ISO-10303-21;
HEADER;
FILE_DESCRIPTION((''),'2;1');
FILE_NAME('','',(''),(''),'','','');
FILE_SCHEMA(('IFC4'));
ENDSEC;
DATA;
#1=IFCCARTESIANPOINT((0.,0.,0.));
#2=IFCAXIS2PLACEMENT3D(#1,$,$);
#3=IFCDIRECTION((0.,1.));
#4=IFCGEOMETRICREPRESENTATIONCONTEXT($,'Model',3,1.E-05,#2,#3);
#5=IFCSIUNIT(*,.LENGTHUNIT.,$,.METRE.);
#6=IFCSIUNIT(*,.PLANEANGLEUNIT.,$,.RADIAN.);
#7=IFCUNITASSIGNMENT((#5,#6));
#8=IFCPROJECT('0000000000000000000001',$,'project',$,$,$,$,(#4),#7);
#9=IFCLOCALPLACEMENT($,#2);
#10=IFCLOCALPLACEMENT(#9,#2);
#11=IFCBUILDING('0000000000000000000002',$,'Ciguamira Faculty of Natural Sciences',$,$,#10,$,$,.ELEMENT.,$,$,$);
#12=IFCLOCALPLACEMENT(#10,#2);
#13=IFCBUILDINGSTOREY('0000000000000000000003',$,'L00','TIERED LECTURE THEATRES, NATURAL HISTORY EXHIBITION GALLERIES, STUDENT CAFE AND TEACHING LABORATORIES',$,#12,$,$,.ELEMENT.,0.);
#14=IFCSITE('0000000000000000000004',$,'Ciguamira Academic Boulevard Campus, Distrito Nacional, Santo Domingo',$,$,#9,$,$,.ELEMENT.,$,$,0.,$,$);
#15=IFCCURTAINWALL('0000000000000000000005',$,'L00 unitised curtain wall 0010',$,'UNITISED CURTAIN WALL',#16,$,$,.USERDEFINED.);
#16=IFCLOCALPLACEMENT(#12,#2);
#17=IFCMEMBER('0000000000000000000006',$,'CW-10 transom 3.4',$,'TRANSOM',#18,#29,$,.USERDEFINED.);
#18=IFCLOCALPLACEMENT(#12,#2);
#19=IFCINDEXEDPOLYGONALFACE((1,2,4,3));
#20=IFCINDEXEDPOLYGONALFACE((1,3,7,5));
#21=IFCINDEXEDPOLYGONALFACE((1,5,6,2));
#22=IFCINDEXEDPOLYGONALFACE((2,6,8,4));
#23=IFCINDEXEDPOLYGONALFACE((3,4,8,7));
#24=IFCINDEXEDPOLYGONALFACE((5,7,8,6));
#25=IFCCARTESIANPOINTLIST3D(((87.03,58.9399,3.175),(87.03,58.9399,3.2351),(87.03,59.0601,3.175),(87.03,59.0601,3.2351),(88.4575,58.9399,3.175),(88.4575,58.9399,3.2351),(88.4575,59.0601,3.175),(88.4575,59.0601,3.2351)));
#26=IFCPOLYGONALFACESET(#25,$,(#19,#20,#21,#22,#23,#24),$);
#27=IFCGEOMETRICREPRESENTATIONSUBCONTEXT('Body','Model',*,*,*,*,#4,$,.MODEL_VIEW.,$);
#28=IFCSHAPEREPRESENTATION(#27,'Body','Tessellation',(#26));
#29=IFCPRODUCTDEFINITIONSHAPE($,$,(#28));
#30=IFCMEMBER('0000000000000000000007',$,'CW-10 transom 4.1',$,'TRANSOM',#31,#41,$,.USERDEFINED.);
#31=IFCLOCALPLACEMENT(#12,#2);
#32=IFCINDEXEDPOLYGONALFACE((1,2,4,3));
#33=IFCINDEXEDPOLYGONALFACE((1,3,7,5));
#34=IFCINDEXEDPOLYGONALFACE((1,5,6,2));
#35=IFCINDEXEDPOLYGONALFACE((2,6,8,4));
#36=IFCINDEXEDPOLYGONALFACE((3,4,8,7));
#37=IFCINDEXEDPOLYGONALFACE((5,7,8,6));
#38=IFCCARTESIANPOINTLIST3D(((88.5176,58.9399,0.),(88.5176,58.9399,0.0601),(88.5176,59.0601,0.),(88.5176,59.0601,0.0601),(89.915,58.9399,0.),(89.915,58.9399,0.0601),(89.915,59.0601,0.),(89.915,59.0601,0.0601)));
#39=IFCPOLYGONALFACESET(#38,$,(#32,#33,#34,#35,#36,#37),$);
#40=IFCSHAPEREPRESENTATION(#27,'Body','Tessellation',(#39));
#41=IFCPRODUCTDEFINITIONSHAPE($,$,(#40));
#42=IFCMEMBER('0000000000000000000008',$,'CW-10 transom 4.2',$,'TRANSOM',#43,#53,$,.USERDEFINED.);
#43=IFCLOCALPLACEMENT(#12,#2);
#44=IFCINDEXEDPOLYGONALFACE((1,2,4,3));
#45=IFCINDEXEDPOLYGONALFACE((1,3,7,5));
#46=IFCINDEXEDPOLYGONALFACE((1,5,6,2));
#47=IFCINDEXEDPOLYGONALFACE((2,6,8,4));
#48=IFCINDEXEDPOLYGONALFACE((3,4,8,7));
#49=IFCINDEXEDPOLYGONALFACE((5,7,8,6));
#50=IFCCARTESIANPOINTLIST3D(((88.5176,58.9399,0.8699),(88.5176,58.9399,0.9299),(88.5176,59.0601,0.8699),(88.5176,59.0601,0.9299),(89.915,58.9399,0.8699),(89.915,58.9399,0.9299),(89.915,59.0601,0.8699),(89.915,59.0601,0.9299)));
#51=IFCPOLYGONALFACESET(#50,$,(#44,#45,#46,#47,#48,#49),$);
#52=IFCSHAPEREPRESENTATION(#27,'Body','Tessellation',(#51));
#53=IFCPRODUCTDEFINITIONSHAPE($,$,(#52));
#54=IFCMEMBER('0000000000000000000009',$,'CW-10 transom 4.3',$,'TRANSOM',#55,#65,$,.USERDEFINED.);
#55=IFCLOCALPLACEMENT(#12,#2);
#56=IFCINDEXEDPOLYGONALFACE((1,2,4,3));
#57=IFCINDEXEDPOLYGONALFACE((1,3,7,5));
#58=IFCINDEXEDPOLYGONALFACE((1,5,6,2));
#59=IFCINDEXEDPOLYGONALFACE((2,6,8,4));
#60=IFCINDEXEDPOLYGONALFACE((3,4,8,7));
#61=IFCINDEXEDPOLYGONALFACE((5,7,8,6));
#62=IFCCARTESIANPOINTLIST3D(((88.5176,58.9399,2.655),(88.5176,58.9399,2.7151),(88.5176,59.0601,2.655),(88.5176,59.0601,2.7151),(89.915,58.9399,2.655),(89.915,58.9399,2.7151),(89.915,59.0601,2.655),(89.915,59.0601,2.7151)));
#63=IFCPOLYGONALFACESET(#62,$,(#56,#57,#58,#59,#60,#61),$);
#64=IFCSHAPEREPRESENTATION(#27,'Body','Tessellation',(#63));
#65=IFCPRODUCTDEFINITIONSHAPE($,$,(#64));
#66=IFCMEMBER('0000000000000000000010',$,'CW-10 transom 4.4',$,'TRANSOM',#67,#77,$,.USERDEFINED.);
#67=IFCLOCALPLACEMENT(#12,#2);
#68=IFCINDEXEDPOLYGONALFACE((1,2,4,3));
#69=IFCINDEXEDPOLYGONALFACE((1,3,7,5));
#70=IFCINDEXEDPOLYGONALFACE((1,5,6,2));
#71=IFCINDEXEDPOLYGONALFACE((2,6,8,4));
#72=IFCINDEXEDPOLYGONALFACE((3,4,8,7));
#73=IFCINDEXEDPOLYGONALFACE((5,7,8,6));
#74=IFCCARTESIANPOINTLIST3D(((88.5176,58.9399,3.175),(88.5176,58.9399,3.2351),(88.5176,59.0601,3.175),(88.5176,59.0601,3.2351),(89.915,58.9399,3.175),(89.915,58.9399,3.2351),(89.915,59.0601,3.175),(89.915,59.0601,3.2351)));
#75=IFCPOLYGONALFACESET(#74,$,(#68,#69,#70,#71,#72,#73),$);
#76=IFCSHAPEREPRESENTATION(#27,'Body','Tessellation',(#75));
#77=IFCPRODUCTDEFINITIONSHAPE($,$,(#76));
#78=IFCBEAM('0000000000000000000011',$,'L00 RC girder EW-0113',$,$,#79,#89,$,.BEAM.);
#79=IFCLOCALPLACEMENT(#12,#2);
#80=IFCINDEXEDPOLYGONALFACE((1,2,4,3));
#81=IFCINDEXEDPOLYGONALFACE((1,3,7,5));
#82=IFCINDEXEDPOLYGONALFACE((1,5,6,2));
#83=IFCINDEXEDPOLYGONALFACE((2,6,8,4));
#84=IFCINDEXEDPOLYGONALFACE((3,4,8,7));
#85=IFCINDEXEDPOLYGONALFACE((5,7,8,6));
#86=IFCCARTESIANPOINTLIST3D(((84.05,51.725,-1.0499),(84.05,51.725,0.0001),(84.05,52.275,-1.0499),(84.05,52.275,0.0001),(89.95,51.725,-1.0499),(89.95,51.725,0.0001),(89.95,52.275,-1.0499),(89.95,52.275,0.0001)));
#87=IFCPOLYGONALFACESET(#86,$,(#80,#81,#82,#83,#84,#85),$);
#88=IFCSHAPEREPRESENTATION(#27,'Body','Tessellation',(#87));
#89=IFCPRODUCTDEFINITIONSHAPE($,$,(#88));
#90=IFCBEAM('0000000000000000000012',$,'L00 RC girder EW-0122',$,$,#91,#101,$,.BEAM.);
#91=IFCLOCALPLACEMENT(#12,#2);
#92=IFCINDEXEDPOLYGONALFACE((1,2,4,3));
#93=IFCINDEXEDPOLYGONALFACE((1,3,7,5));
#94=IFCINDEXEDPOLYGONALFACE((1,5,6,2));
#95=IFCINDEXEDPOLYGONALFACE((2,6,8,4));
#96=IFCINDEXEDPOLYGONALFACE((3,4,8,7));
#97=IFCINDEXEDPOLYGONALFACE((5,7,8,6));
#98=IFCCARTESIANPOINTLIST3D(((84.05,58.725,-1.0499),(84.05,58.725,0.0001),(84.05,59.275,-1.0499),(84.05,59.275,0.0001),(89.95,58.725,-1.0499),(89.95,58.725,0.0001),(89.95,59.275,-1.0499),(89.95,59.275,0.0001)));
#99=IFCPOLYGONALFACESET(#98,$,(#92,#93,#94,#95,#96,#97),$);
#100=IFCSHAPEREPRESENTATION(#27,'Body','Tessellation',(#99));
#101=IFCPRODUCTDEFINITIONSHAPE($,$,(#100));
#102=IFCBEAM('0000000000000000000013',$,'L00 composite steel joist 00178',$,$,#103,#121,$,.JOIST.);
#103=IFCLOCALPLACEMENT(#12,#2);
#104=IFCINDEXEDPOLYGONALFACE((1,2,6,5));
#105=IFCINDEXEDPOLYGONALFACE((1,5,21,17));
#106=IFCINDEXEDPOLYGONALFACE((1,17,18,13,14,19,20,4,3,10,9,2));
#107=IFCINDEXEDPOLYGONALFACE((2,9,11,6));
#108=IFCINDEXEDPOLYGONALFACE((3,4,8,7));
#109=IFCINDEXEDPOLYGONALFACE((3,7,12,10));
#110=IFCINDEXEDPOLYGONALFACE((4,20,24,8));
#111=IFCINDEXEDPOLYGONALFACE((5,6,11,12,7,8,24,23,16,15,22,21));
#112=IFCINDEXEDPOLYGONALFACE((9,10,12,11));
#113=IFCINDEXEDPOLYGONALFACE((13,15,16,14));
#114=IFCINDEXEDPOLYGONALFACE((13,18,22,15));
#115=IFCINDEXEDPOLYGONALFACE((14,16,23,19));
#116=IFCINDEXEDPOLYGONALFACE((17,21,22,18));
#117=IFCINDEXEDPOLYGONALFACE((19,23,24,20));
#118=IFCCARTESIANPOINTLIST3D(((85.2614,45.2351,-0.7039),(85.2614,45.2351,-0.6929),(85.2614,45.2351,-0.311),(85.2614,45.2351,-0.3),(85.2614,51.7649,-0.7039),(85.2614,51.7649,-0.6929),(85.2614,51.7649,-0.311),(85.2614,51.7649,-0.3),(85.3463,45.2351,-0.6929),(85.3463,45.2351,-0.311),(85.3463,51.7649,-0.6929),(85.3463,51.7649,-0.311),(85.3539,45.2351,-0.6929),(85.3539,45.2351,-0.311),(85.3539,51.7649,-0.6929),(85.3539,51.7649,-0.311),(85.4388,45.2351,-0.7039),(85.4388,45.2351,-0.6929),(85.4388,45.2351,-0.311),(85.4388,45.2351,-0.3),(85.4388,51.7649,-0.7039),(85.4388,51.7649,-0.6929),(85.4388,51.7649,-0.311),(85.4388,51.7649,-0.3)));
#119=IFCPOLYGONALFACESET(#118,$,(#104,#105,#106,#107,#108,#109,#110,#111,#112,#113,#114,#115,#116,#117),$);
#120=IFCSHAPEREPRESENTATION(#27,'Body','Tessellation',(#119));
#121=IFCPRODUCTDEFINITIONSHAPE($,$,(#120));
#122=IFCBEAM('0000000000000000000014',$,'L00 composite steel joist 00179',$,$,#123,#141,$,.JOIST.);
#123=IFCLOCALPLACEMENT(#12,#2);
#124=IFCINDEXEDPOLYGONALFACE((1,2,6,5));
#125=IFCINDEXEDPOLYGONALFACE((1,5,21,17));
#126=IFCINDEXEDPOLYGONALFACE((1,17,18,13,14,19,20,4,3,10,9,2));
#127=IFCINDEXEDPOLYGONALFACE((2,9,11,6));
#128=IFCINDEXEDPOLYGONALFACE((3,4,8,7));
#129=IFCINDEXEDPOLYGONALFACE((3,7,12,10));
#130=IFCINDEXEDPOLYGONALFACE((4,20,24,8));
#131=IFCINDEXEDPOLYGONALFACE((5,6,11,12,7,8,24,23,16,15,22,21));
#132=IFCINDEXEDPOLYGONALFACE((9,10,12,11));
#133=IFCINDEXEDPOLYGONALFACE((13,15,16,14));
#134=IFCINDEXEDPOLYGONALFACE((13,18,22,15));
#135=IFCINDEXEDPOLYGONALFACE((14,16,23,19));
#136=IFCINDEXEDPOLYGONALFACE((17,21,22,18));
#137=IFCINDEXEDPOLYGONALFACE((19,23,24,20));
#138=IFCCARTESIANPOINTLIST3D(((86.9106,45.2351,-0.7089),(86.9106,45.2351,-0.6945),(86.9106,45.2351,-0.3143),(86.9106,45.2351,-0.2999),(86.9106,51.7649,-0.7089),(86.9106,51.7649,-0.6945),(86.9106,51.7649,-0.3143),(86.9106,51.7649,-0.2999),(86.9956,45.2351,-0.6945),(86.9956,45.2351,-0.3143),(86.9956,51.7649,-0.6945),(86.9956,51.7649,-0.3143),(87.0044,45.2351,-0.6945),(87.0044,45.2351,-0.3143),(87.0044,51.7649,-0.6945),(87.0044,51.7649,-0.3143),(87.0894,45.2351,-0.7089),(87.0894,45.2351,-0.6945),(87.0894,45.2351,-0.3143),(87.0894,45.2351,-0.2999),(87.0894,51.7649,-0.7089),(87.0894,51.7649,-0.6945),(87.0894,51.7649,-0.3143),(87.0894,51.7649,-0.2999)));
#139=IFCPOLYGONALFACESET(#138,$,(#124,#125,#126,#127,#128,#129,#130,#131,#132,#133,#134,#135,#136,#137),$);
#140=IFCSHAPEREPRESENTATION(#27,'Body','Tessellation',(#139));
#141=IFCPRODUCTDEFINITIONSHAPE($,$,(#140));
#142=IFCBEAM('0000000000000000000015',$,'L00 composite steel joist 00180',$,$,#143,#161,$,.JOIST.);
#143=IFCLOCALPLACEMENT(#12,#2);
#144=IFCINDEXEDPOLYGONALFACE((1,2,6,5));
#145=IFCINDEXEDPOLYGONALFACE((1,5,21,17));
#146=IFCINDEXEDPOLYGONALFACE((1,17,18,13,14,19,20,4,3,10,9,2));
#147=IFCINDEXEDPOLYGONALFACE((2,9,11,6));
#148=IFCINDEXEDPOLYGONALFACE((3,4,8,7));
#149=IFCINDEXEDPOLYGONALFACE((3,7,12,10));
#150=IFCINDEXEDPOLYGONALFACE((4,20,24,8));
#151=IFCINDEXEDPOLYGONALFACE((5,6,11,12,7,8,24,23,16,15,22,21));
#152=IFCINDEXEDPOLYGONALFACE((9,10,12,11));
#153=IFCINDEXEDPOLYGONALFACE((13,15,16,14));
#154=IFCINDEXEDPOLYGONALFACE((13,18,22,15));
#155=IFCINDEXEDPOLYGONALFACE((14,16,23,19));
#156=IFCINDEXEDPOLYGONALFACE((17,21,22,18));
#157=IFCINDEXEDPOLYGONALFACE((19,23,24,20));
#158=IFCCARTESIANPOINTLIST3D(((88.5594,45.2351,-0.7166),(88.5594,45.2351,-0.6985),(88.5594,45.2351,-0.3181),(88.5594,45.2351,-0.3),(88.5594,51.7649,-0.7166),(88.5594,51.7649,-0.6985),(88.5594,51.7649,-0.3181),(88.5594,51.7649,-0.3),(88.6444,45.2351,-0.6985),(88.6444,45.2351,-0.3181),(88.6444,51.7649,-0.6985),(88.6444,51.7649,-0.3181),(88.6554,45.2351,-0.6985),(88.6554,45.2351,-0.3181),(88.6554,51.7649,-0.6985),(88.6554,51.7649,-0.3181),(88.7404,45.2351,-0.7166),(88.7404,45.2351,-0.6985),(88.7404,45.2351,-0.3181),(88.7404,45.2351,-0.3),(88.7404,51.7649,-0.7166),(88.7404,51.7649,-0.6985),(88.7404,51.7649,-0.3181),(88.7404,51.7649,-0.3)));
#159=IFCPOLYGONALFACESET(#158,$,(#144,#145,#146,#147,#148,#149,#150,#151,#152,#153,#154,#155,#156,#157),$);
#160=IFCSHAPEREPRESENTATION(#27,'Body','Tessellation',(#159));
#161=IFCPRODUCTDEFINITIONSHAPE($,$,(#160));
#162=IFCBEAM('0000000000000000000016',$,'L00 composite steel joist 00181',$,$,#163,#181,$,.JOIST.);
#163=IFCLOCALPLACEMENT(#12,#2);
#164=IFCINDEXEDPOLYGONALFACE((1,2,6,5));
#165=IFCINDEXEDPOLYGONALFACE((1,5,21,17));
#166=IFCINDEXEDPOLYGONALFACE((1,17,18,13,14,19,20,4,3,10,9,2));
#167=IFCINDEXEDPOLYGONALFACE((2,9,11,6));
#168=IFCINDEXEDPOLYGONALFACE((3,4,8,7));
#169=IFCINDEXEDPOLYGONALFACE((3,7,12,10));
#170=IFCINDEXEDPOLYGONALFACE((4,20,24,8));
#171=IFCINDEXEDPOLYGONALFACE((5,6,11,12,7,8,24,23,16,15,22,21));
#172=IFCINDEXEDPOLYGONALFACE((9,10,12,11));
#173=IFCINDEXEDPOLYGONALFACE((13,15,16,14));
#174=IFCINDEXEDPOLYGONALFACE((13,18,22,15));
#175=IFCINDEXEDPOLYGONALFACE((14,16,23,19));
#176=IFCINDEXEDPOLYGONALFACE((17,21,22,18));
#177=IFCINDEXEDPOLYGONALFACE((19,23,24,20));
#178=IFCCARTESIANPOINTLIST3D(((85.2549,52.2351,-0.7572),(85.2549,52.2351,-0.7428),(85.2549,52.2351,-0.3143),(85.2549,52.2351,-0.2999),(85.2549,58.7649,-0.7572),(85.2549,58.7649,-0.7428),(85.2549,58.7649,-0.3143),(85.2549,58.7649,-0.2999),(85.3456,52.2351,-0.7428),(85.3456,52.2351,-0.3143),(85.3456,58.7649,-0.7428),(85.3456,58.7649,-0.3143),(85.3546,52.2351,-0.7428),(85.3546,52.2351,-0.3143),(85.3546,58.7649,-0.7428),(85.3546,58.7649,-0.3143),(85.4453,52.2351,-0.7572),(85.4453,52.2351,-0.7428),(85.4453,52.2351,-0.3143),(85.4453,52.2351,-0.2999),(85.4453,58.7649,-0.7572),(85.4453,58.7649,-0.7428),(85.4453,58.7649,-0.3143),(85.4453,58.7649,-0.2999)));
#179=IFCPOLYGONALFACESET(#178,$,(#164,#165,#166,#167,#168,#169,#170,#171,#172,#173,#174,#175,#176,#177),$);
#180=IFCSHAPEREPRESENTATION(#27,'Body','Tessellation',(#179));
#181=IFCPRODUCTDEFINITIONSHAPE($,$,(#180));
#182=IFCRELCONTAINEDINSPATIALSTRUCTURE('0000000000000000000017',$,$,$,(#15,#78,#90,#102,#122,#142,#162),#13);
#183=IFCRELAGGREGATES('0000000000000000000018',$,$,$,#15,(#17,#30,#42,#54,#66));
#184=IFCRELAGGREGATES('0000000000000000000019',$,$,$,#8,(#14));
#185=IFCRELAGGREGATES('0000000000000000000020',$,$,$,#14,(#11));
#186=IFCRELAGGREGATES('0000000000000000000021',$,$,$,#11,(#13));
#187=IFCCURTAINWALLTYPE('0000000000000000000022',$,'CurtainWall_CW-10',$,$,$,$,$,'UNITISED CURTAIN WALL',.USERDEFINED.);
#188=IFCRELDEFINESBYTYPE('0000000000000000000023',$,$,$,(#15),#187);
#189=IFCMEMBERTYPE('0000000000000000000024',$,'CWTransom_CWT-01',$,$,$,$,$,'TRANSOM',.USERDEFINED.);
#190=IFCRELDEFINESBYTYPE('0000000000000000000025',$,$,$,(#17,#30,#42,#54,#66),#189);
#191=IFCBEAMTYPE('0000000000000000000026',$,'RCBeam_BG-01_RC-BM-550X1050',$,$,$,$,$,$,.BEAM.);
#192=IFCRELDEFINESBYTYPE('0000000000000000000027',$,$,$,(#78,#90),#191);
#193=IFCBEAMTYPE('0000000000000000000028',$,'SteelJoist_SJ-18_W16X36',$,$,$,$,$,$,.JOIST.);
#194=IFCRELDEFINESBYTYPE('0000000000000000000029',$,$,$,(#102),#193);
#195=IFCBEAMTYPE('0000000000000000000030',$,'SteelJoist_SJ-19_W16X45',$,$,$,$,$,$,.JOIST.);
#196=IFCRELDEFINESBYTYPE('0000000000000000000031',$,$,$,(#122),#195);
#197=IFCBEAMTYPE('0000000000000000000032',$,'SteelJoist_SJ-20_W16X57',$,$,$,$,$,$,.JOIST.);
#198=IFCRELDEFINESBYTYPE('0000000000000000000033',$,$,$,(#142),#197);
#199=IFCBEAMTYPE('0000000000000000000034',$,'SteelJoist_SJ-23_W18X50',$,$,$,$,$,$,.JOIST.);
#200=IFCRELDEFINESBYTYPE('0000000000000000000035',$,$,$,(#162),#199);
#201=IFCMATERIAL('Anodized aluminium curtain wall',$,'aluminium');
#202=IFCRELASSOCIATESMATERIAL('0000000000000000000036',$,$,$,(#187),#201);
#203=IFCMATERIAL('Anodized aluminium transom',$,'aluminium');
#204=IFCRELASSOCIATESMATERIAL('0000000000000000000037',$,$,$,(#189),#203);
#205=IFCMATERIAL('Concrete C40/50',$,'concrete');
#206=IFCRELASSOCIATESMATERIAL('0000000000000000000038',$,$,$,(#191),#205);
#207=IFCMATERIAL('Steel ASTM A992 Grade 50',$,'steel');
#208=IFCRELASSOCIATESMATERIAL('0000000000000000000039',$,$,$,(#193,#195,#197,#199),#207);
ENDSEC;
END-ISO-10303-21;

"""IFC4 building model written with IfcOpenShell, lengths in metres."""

from ifc_helpers import new_model, si_unit, direction, frame, origin, origin_2d, place, context, subcontext, project, spatial, rectangle, i_section, extrude, material, material_profile, profile_set, type_object, element, aggregate, save


model = new_model("IFC4")

# Units and contexts
model_context = context("Model", 3, precision=1e-05, world=origin(), true_north=direction((0.0, 1.0)))
body_context = subcontext(model_context, "Body", "Model", "MODEL_VIEW")
ifc_project = project(units=[si_unit("LENGTHUNIT", "METRE"), si_unit("PLANEANGLEUNIT", "RADIAN")], contexts=[model_context])

# Site, building, storey
site_placement = place(None, origin())
site = spatial("IfcSite", under=ifc_project, at=site_placement, Name="Ciguamira Academic Boulevard Campus, Distrito Nacional, Santo Domingo", CompositionType="ELEMENT", RefElevation=0.0)
building_placement = place(site_placement, origin())
building = spatial("IfcBuilding", under=site, at=building_placement, Name="Ciguamira Faculty of Natural Sciences", CompositionType="ELEMENT")
storey_placement = place(building_placement, origin())
storey = spatial("IfcBuildingStorey", under=building, at=storey_placement, Name="L00", Description="TIERED LECTURE THEATRES, NATURAL HISTORY EXHIBITION GALLERIES, STUDENT CAFE AND TEACHING LABORATORIES", CompositionType="ELEMENT", Elevation=0.0)

# Curtain wall, members
ifc_material_1 = material(Name="Anodized aluminium curtain wall", Category="aluminium")
curtain_wall_type = type_object("IfcCurtainWallType", Name="CurtainWall_CW-10", ElementType="UNITISED CURTAIN WALL", PredefinedType="USERDEFINED", material=ifc_material_1)
curtain_wall_placement = place(storey_placement, origin())
curtain_wall = element("IfcCurtainWall", 1, at=curtain_wall_placement, inside=storey, type_object=curtain_wall_type, Name="L00 unitised curtain wall 0010", ObjectType="UNITISED CURTAIN WALL", PredefinedType="USERDEFINED")
ifc_material_2 = material(Name="Anodized aluminium transom", Category="aluminium")
ifc_material_profile_1 = material_profile(ifc_material_2, rectangle(XDim=0.0601, YDim=0.1201, at=origin_2d()), Name="ALU-TRN-60X120")
ifc_profile_set_1 = profile_set([ifc_material_profile_1], Name="Anodized aluminium transom")
member_type_1 = type_object("IfcMemberType", Name="CWTransom_CWT-01", ElementType="TRANSOM", PredefinedType="USERDEFINED", material=ifc_profile_set_1)
member_1_placement = place(storey_placement, frame((87.03, 59.0, 3.2051), z_axis=(1.0, 0.0, 0.0), x_axis=(0.0, 0.0, 1.0)))
member_1 = element("IfcMember", 2, at=member_1_placement, type_object=member_type_1, Name="CW-10 transom 3.4", ObjectType="TRANSOM", PredefinedType="USERDEFINED", context=body_context, shape_type="SweptSolid", body=[
    extrude(rectangle(XDim=0.0601, YDim=0.1201, at=origin_2d()), origin(), (0.0, 0.0, 1.0), 1.4275),
])
member_2_placement = place(storey_placement, frame((88.5176, 59.0, 0.03), z_axis=(1.0, 0.0, 0.0), x_axis=(0.0, 0.0, 1.0)))
member_2 = element("IfcMember", 3, at=member_2_placement, type_object=member_type_1, Name="CW-10 transom 4.1", ObjectType="TRANSOM", PredefinedType="USERDEFINED", context=body_context, shape_type="SweptSolid", body=[
    extrude(rectangle(XDim=0.0601, YDim=0.1201, at=origin_2d()), origin(), (0.0, 0.0, 1.0), 1.3975),
])
member_3_placement = place(storey_placement, frame((88.5176, 59.0, 0.8999), z_axis=(1.0, 0.0, 0.0), x_axis=(0.0, 0.0, 1.0)))
member_3 = element("IfcMember", 4, at=member_3_placement, type_object=member_type_1, Name="CW-10 transom 4.2", ObjectType="TRANSOM", PredefinedType="USERDEFINED", context=body_context, shape_type="SweptSolid", body=[
    extrude(rectangle(XDim=0.0601, YDim=0.1201, at=origin_2d()), origin(), (0.0, 0.0, 1.0), 1.3975),
])
member_4_placement = place(storey_placement, frame((88.5176, 59.0, 2.6851), z_axis=(1.0, 0.0, 0.0), x_axis=(0.0, 0.0, 1.0)))
member_4 = element("IfcMember", 5, at=member_4_placement, type_object=member_type_1, Name="CW-10 transom 4.3", ObjectType="TRANSOM", PredefinedType="USERDEFINED", context=body_context, shape_type="SweptSolid", body=[
    extrude(rectangle(XDim=0.0601, YDim=0.1201, at=origin_2d()), origin(), (0.0, 0.0, 1.0), 1.3975),
])
member_5_placement = place(storey_placement, frame((88.5176, 59.0, 3.2051), z_axis=(1.0, 0.0, 0.0), x_axis=(0.0, 0.0, 1.0)))
member_5 = element("IfcMember", 6, at=member_5_placement, type_object=member_type_1, Name="CW-10 transom 4.4", ObjectType="TRANSOM", PredefinedType="USERDEFINED", context=body_context, shape_type="SweptSolid", body=[
    extrude(rectangle(XDim=0.0601, YDim=0.1201, at=origin_2d()), origin(), (0.0, 0.0, 1.0), 1.3975),
])

# Beams
ifc_material_3 = material(Name="Concrete C40/50", Category="concrete")
ifc_material_profile_2 = material_profile(ifc_material_3, rectangle(XDim=0.55, YDim=1.05, at=origin_2d()), Name="RC-BM-550X1050")
ifc_profile_set_2 = profile_set([ifc_material_profile_2], Name="Concrete C40/50")
beam_type_1 = type_object("IfcBeamType", Name="RCBeam_BG-01_RC-BM-550X1050", PredefinedType="BEAM", material=ifc_profile_set_2)
for number, where, z_axis, x_axis, name in (
    (7, (84.05, 52.0, -0.5249), (1.0, 0.0, 0.0), (0.0, 1.0, 0.0), "L00 RC girder EW-0113"),
    (8, (84.05, 59.0, -0.5249), (1.0, 0.0, 0.0), (0.0, 1.0, 0.0), "L00 RC girder EW-0122"),
):
    element("IfcBeam", number, at=place(storey_placement, frame(where, z_axis=z_axis, x_axis=x_axis)), inside=storey, type_object=beam_type_1, Name=name, PredefinedType="BEAM", context=body_context, shape_type="SweptSolid", body=[
        extrude(rectangle(XDim=0.55, YDim=1.05, at=origin_2d()), origin(), (0.0, 0.0, 1.0), 5.8999),
    ])
ifc_material_4 = material(Name="Steel ASTM A992 Grade 50", Category="steel")
ifc_material_profile_3 = material_profile(ifc_material_4, i_section(OverallWidth=0.1775, OverallDepth=0.4038, WebThickness=0.0076, FlangeThickness=0.011, at=origin_2d()), Name="W16X36")
ifc_profile_set_3 = profile_set([ifc_material_profile_3], Name="Steel ASTM A992 Grade 50")
beam_type_2 = type_object("IfcBeamType", Name="SteelJoist_SJ-18_W16X36", PredefinedType="JOIST", material=ifc_profile_set_3)
beam_1_placement = place(storey_placement, frame((85.3501, 45.2351, -0.502), z_axis=(0.0, 1.0, 0.0), x_axis=(-1.0, 0.0, 0.0)))
element("IfcBeam", 9, at=beam_1_placement, inside=storey, type_object=beam_type_2, Name="L00 composite steel joist 00178", PredefinedType="JOIST", context=body_context, shape_type="SweptSolid", body=[
    extrude(i_section(OverallWidth=0.1775, OverallDepth=0.4038, WebThickness=0.0076, FlangeThickness=0.011, at=origin_2d()), origin(), (0.0, 0.0, 1.0), 6.5298),
])
ifc_material_profile_4 = material_profile(ifc_material_4, i_section(OverallWidth=0.1787, OverallDepth=0.4089, WebThickness=0.0088, FlangeThickness=0.0144, at=origin_2d()), Name="W16X45")
ifc_profile_set_4 = profile_set([ifc_material_profile_4], Name="Steel ASTM A992 Grade 50")
beam_type_3 = type_object("IfcBeamType", Name="SteelJoist_SJ-19_W16X45", PredefinedType="JOIST", material=ifc_profile_set_4)
beam_2_placement = place(storey_placement, frame((87.0, 45.2351, -0.5044), z_axis=(0.0, 1.0, 0.0), x_axis=(-1.0, 0.0, 0.0)))
element("IfcBeam", 10, at=beam_2_placement, inside=storey, type_object=beam_type_3, Name="L00 composite steel joist 00179", PredefinedType="JOIST", context=body_context, shape_type="SweptSolid", body=[
    extrude(i_section(OverallWidth=0.1787, OverallDepth=0.4089, WebThickness=0.0088, FlangeThickness=0.0144, at=origin_2d()), origin(), (0.0, 0.0, 1.0), 6.5298),
])
ifc_material_profile_5 = material_profile(ifc_material_4, i_section(OverallWidth=0.1809, OverallDepth=0.4165, WebThickness=0.011, FlangeThickness=0.0181, at=origin_2d()), Name="W16X57")
ifc_profile_set_5 = profile_set([ifc_material_profile_5], Name="Steel ASTM A992 Grade 50")
beam_type_4 = type_object("IfcBeamType", Name="SteelJoist_SJ-20_W16X57", PredefinedType="JOIST", material=ifc_profile_set_5)
beam_3_placement = place(storey_placement, frame((88.6499, 45.2351, -0.5083), z_axis=(0.0, 1.0, 0.0), x_axis=(-1.0, 0.0, 0.0)))
element("IfcBeam", 11, at=beam_3_placement, inside=storey, type_object=beam_type_4, Name="L00 composite steel joist 00180", PredefinedType="JOIST", context=body_context, shape_type="SweptSolid", body=[
    extrude(i_section(OverallWidth=0.1809, OverallDepth=0.4165, WebThickness=0.011, FlangeThickness=0.0181, at=origin_2d()), origin(), (0.0, 0.0, 1.0), 6.5298),
])
ifc_material_profile_6 = material_profile(ifc_material_4, i_section(OverallWidth=0.1904, OverallDepth=0.4573, WebThickness=0.009, FlangeThickness=0.0144, at=origin_2d()), Name="W18X50")
ifc_profile_set_6 = profile_set([ifc_material_profile_6], Name="Steel ASTM A992 Grade 50")
beam_type_5 = type_object("IfcBeamType", Name="SteelJoist_SJ-23_W18X50", PredefinedType="JOIST", material=ifc_profile_set_6)
beam_4_placement = place(storey_placement, frame((85.3501, 52.2351, -0.5286), z_axis=(0.0, 1.0, 0.0), x_axis=(-1.0, 0.0, 0.0)))
element("IfcBeam", 12, at=beam_4_placement, inside=storey, type_object=beam_type_5, Name="L00 composite steel joist 00181", PredefinedType="JOIST", context=body_context, shape_type="SweptSolid", body=[
    extrude(i_section(OverallWidth=0.1904, OverallDepth=0.4573, WebThickness=0.009, FlangeThickness=0.0144, at=origin_2d()), origin(), (0.0, 0.0, 1.0), 6.5298),
])

aggregate(curtain_wall, [member_1, member_2, member_3, member_4, member_5])

save(model, "model.ifc")
